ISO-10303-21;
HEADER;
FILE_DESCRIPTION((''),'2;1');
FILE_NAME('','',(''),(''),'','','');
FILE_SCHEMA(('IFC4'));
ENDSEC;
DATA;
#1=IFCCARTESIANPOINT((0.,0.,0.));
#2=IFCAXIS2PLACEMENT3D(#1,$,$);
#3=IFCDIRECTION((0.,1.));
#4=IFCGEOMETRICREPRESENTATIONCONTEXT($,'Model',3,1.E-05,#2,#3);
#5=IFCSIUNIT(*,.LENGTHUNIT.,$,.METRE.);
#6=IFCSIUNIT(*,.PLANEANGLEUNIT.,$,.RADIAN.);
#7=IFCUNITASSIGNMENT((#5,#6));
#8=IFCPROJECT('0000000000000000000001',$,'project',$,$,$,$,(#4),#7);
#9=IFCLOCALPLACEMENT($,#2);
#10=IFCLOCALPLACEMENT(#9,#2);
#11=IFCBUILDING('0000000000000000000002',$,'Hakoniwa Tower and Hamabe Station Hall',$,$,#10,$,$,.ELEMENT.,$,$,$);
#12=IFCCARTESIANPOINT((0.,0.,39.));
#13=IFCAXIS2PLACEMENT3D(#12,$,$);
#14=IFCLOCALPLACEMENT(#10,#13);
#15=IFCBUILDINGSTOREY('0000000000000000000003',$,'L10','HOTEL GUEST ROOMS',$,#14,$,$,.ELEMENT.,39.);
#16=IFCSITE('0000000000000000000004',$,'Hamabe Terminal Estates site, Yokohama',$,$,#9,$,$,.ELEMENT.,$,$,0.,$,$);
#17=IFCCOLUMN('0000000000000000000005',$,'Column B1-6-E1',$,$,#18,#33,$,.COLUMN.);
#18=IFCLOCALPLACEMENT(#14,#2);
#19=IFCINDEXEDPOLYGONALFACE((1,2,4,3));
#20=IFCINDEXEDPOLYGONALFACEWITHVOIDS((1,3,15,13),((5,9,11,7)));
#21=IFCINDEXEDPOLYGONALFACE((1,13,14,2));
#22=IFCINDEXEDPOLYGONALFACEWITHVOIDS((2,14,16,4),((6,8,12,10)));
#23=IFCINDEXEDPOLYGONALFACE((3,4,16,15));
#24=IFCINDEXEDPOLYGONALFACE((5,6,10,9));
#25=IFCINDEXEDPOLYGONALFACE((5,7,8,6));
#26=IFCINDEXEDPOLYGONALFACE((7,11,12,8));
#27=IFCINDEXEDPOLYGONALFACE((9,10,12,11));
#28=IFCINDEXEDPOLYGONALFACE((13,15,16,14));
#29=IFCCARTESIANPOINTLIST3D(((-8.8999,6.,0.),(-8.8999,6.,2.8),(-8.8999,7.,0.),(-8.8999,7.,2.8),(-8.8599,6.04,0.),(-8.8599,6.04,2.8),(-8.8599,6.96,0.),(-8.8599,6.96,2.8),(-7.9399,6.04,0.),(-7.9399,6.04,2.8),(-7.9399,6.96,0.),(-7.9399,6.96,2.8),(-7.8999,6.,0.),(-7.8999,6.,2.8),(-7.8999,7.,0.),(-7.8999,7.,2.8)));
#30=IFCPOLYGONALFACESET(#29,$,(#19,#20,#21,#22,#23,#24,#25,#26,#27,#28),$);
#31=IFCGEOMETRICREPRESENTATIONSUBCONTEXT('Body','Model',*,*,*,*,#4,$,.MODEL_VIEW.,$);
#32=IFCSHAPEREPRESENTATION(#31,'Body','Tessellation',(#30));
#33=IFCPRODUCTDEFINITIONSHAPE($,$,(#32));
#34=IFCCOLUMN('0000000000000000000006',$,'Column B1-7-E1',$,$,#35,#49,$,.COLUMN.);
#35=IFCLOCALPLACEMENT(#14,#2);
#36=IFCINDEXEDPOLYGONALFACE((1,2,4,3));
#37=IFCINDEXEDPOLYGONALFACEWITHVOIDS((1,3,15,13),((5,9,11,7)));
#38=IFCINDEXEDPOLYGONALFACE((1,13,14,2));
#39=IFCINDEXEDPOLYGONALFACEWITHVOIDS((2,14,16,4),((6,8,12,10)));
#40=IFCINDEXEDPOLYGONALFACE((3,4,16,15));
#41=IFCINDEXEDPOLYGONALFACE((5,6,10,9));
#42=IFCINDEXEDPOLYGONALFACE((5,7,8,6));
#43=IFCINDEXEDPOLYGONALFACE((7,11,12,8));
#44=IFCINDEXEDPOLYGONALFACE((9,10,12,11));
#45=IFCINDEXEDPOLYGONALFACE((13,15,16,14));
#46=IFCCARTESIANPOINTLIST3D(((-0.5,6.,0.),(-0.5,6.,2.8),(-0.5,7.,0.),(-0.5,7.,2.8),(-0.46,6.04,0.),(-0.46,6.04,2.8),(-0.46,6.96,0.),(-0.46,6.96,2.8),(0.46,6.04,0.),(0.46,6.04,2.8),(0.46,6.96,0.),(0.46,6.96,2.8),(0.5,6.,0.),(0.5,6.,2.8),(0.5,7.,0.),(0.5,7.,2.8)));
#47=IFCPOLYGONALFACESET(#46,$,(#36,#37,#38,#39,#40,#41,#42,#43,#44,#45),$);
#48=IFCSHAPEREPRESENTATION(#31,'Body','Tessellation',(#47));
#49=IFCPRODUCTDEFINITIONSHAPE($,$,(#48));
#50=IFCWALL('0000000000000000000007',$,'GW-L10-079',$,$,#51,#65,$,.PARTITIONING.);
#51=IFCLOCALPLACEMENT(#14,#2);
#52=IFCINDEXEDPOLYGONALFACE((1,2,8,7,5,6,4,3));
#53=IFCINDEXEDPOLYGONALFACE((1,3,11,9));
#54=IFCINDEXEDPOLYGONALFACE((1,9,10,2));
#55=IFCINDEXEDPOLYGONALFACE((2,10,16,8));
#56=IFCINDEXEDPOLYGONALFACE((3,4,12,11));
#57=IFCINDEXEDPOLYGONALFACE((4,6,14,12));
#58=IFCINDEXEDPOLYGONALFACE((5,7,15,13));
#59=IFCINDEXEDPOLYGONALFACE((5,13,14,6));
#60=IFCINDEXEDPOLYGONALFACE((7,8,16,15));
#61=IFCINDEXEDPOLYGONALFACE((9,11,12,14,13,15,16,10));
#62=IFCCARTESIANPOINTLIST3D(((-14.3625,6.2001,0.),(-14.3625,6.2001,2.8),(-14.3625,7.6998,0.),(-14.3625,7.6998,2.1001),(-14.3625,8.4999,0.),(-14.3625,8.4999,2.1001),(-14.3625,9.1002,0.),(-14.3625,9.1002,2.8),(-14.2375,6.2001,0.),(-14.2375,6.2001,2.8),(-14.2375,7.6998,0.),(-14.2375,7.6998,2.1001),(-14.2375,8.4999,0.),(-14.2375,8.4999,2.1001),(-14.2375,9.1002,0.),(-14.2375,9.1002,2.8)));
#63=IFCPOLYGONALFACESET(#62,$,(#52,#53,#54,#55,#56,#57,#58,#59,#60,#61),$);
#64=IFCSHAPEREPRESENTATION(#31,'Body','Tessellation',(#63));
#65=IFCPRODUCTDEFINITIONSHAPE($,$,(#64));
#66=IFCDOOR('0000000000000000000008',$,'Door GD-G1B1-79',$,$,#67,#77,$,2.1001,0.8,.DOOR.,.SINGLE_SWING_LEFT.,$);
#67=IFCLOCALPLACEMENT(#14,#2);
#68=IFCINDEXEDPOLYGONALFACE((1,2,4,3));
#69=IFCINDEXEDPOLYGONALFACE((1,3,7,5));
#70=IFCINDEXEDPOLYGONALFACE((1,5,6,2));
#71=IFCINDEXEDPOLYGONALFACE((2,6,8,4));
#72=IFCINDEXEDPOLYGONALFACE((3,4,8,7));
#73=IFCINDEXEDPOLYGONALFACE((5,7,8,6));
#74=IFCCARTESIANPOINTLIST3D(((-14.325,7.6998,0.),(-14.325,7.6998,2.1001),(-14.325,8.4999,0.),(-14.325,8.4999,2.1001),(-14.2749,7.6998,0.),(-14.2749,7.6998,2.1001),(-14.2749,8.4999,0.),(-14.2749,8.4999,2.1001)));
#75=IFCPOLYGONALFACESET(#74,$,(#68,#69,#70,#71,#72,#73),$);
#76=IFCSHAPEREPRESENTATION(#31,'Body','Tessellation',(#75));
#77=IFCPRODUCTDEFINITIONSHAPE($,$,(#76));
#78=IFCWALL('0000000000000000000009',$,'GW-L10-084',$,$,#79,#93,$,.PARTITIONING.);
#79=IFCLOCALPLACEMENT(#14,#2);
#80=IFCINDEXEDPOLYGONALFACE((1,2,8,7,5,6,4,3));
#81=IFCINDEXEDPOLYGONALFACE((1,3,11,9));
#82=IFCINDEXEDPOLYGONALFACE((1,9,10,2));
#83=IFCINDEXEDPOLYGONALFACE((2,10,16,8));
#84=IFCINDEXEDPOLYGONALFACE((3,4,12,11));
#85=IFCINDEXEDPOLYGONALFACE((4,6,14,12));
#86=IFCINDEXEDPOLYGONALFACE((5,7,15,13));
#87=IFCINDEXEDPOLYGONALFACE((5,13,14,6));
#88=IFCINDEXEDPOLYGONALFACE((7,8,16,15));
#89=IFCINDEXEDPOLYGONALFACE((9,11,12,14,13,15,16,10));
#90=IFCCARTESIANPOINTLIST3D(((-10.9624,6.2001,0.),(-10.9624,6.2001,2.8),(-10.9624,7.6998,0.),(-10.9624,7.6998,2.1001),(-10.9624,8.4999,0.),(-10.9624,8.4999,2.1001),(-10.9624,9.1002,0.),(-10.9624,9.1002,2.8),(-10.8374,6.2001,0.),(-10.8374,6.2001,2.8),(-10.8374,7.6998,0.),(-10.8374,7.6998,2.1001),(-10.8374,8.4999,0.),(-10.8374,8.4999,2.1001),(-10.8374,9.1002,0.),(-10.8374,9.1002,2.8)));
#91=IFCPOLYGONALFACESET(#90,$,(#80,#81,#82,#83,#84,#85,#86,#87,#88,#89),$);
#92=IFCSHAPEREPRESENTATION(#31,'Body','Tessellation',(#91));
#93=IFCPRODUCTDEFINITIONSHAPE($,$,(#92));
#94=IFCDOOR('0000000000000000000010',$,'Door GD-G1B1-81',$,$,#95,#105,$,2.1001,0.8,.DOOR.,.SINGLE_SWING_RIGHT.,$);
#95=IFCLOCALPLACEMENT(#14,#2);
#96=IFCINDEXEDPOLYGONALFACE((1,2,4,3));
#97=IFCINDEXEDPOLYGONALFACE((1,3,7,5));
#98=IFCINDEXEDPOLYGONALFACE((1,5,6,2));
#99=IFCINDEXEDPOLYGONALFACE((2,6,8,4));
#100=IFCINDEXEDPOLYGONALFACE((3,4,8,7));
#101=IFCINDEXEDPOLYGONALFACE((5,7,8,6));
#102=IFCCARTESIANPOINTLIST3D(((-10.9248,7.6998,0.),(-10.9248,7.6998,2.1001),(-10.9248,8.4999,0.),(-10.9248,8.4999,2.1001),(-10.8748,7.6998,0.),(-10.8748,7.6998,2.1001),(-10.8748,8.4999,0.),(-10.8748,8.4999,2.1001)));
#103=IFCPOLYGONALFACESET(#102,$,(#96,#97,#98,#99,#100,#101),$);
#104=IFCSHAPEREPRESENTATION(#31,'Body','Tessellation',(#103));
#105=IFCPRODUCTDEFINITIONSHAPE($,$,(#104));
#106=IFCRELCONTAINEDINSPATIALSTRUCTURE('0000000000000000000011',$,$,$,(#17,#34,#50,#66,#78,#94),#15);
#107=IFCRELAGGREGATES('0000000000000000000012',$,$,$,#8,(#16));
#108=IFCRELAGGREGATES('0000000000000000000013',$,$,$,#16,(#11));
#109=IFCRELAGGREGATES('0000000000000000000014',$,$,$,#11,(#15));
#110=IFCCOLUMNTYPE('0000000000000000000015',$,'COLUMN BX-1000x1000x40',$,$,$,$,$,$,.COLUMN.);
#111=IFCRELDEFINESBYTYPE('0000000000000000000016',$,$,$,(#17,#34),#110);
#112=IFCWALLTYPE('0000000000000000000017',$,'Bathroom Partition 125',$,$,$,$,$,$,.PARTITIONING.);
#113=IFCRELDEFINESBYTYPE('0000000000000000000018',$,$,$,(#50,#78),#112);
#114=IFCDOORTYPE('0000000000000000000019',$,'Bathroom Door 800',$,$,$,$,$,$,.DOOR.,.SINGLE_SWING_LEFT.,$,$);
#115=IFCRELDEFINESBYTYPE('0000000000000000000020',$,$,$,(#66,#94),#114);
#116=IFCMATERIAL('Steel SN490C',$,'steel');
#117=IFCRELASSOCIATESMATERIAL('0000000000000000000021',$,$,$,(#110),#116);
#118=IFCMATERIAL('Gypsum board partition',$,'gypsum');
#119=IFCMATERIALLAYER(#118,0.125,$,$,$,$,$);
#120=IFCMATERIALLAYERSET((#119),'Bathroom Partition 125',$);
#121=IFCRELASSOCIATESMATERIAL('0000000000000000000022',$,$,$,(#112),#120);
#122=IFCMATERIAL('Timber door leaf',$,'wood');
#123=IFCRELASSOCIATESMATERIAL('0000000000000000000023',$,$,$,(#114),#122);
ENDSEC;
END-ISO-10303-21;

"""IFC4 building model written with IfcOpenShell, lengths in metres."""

from ifc_helpers import new_model, si_unit, direction, frame, frame_2d, origin, origin_2d, place, context, subcontext, project, spatial, rectangle, hollow_rectangle, extrude, material, layer, layer_set, material_profile, profile_set, type_object, element, fill, save


model = new_model("IFC4")

# Units and contexts
model_context = context("Model", 3, precision=1e-05, world=origin(), true_north=direction((0.0, 1.0)))
body_context = subcontext(model_context, "Body", "Model", "MODEL_VIEW")
ifc_project = project(units=[si_unit("LENGTHUNIT", "METRE"), si_unit("PLANEANGLEUNIT", "RADIAN")], contexts=[model_context])

# Site, building, storey
site_placement = place(None, origin())
site = spatial("IfcSite", under=ifc_project, at=site_placement, Name="Hamabe Terminal Estates site, Yokohama", CompositionType="ELEMENT", RefElevation=0.0)
building_placement = place(site_placement, origin())
building = spatial("IfcBuilding", under=site, at=building_placement, Name="Hakoniwa Tower and Hamabe Station Hall", CompositionType="ELEMENT")
storey_placement = place(building_placement, frame((0.0, 0.0, 39.0)))
storey = spatial("IfcBuildingStorey", under=building, at=storey_placement, Name="L10", Description="HOTEL GUEST ROOMS", CompositionType="ELEMENT", Elevation=39.0)

# Columns
ifc_material_1 = material(Name="Steel SN490C", Category="steel")
ifc_material_profile = material_profile(ifc_material_1, hollow_rectangle(XDim=1.0, YDim=1.0, WallThickness=0.04, at=origin_2d()), Name="BX-1000x1000x40")
ifc_profile_set = profile_set([ifc_material_profile], Name="Steel SN490C")
column_type = type_object("IfcColumnType", Name="COLUMN BX-1000x1000x40", PredefinedType="COLUMN", material=ifc_profile_set)
for number, where, z_axis, x_axis, name in (
    (1, (-8.3999, 6.5, 0.0), (0.0, 0.0, 1.0), (1.0, 0.0, 0.0), "Column B1-6-E1"),
    (2, (0.0, 6.5, 0.0), (0.0, 0.0, 1.0), (1.0, 0.0, 0.0), "Column B1-7-E1"),
):
    element("IfcColumn", number, at=place(storey_placement, frame(where, z_axis=z_axis, x_axis=x_axis)), inside=storey, type_object=column_type, Name=name, PredefinedType="COLUMN", context=body_context, shape_type="SweptSolid", body=[
        extrude(hollow_rectangle(XDim=1.0, YDim=1.0, WallThickness=0.04, at=origin_2d()), origin(), (0.0, 0.0, 1.0), 2.8),
    ])

# Walls, openings, doors
ifc_material_2 = material(Name="Gypsum board partition", Category="gypsum")
ifc_layer_1 = layer(ifc_material_2, 0.125)
ifc_layer_set_1 = layer_set([ifc_layer_1], Name="Bathroom Partition 125")
wall_type_1 = type_object("IfcWallType", Name="Bathroom Partition 125", PredefinedType="PARTITIONING", material=ifc_layer_set_1)
wall_1_placement = place(storey_placement, frame((-14.3, 6.2, 0.0), z_axis=(0.0, 0.0, 1.0), x_axis=(0.0, 1.0, 0.0)))
wall_1 = element("IfcWall", 3, at=wall_1_placement, inside=storey, type_object=wall_type_1, Name="GW-L10-079", PredefinedType="PARTITIONING", context=body_context, shape_type="SweptSolid", body=[
    extrude(rectangle(XDim=2.9001, YDim=0.125, at=frame_2d((1.4502, 0.0))), origin(), (0.0, 0.0, 1.0), 2.8),
])
opening_1_placement = place(wall_1_placement, frame((1.5, 0.0, 0.0)))
opening_1 = element("IfcOpeningElement", 4, at=opening_1_placement, cuts=wall_1, PredefinedType="OPENING", context=body_context, shape_type="SweptSolid", body=[
    extrude(rectangle(XDim=0.8, YDim=2.1001, at=frame_2d((0.3999, 1.05))), frame((0.0, 0.0725, 0.0), z_axis=(0.0, -1.0, 0.0), x_axis=(1.0, 0.0, 0.0)), (0.0, 0.0, 1.0), 0.145),
])
ifc_material_3 = material(Name="Timber door leaf", Category="wood")
door_type_1 = type_object("IfcDoorType", Name="Bathroom Door 800", OperationType="SINGLE_SWING_LEFT", PredefinedType="DOOR", material=ifc_material_3)
door_1_placement = place(opening_1_placement, origin())
door_1 = element("IfcDoor", 5, at=door_1_placement, inside=storey, type_object=door_type_1, Name="Door GD-G1B1-79", OperationType="SINGLE_SWING_LEFT", OverallHeight=2.1001, OverallWidth=0.8, PredefinedType="DOOR", context=body_context, shape_type="SweptSolid", body=[
    extrude(rectangle(XDim=0.8, YDim=2.1001, at=frame_2d((0.3999, 1.05))), frame((0.0, 0.0249, 0.0), z_axis=(0.0, -1.0, 0.0), x_axis=(1.0, 0.0, 0.0)), (0.0, 0.0, 1.0), 0.05),
])
fill(opening_1, door_1)
wall_2_placement = place(storey_placement, frame((-10.8999, 6.2, 0.0), z_axis=(0.0, 0.0, 1.0), x_axis=(0.0, 1.0, 0.0)))
wall_2 = element("IfcWall", 6, at=wall_2_placement, inside=storey, type_object=wall_type_1, Name="GW-L10-084", PredefinedType="PARTITIONING", context=body_context, shape_type="SweptSolid", body=[
    extrude(rectangle(XDim=2.9001, YDim=0.125, at=frame_2d((1.4502, 0.0))), origin(), (0.0, 0.0, 1.0), 2.8),
])
opening_2_placement = place(wall_2_placement, frame((1.5, 0.0, 0.0)))
opening_2 = element("IfcOpeningElement", 7, at=opening_2_placement, cuts=wall_2, PredefinedType="OPENING", context=body_context, shape_type="SweptSolid", body=[
    extrude(rectangle(XDim=0.8, YDim=2.1001, at=frame_2d((0.3999, 1.05))), frame((0.0, 0.0725, 0.0), z_axis=(0.0, -1.0, 0.0), x_axis=(1.0, 0.0, 0.0)), (0.0, 0.0, 1.0), 0.145),
])
door_2_placement = place(opening_2_placement, origin())
door_2 = element("IfcDoor", 8, at=door_2_placement, inside=storey, type_object=door_type_1, Name="Door GD-G1B1-81", OperationType="SINGLE_SWING_RIGHT", OverallHeight=2.1001, OverallWidth=0.8, PredefinedType="DOOR", context=body_context, shape_type="SweptSolid", body=[
    extrude(rectangle(XDim=0.8, YDim=2.1001, at=frame_2d((0.3999, 1.05))), frame((0.0, 0.0249, 0.0), z_axis=(0.0, -1.0, 0.0), x_axis=(1.0, 0.0, 0.0)), (0.0, 0.0, 1.0), 0.05),
])
fill(opening_2, door_2)

save(model, "model.ifc")
